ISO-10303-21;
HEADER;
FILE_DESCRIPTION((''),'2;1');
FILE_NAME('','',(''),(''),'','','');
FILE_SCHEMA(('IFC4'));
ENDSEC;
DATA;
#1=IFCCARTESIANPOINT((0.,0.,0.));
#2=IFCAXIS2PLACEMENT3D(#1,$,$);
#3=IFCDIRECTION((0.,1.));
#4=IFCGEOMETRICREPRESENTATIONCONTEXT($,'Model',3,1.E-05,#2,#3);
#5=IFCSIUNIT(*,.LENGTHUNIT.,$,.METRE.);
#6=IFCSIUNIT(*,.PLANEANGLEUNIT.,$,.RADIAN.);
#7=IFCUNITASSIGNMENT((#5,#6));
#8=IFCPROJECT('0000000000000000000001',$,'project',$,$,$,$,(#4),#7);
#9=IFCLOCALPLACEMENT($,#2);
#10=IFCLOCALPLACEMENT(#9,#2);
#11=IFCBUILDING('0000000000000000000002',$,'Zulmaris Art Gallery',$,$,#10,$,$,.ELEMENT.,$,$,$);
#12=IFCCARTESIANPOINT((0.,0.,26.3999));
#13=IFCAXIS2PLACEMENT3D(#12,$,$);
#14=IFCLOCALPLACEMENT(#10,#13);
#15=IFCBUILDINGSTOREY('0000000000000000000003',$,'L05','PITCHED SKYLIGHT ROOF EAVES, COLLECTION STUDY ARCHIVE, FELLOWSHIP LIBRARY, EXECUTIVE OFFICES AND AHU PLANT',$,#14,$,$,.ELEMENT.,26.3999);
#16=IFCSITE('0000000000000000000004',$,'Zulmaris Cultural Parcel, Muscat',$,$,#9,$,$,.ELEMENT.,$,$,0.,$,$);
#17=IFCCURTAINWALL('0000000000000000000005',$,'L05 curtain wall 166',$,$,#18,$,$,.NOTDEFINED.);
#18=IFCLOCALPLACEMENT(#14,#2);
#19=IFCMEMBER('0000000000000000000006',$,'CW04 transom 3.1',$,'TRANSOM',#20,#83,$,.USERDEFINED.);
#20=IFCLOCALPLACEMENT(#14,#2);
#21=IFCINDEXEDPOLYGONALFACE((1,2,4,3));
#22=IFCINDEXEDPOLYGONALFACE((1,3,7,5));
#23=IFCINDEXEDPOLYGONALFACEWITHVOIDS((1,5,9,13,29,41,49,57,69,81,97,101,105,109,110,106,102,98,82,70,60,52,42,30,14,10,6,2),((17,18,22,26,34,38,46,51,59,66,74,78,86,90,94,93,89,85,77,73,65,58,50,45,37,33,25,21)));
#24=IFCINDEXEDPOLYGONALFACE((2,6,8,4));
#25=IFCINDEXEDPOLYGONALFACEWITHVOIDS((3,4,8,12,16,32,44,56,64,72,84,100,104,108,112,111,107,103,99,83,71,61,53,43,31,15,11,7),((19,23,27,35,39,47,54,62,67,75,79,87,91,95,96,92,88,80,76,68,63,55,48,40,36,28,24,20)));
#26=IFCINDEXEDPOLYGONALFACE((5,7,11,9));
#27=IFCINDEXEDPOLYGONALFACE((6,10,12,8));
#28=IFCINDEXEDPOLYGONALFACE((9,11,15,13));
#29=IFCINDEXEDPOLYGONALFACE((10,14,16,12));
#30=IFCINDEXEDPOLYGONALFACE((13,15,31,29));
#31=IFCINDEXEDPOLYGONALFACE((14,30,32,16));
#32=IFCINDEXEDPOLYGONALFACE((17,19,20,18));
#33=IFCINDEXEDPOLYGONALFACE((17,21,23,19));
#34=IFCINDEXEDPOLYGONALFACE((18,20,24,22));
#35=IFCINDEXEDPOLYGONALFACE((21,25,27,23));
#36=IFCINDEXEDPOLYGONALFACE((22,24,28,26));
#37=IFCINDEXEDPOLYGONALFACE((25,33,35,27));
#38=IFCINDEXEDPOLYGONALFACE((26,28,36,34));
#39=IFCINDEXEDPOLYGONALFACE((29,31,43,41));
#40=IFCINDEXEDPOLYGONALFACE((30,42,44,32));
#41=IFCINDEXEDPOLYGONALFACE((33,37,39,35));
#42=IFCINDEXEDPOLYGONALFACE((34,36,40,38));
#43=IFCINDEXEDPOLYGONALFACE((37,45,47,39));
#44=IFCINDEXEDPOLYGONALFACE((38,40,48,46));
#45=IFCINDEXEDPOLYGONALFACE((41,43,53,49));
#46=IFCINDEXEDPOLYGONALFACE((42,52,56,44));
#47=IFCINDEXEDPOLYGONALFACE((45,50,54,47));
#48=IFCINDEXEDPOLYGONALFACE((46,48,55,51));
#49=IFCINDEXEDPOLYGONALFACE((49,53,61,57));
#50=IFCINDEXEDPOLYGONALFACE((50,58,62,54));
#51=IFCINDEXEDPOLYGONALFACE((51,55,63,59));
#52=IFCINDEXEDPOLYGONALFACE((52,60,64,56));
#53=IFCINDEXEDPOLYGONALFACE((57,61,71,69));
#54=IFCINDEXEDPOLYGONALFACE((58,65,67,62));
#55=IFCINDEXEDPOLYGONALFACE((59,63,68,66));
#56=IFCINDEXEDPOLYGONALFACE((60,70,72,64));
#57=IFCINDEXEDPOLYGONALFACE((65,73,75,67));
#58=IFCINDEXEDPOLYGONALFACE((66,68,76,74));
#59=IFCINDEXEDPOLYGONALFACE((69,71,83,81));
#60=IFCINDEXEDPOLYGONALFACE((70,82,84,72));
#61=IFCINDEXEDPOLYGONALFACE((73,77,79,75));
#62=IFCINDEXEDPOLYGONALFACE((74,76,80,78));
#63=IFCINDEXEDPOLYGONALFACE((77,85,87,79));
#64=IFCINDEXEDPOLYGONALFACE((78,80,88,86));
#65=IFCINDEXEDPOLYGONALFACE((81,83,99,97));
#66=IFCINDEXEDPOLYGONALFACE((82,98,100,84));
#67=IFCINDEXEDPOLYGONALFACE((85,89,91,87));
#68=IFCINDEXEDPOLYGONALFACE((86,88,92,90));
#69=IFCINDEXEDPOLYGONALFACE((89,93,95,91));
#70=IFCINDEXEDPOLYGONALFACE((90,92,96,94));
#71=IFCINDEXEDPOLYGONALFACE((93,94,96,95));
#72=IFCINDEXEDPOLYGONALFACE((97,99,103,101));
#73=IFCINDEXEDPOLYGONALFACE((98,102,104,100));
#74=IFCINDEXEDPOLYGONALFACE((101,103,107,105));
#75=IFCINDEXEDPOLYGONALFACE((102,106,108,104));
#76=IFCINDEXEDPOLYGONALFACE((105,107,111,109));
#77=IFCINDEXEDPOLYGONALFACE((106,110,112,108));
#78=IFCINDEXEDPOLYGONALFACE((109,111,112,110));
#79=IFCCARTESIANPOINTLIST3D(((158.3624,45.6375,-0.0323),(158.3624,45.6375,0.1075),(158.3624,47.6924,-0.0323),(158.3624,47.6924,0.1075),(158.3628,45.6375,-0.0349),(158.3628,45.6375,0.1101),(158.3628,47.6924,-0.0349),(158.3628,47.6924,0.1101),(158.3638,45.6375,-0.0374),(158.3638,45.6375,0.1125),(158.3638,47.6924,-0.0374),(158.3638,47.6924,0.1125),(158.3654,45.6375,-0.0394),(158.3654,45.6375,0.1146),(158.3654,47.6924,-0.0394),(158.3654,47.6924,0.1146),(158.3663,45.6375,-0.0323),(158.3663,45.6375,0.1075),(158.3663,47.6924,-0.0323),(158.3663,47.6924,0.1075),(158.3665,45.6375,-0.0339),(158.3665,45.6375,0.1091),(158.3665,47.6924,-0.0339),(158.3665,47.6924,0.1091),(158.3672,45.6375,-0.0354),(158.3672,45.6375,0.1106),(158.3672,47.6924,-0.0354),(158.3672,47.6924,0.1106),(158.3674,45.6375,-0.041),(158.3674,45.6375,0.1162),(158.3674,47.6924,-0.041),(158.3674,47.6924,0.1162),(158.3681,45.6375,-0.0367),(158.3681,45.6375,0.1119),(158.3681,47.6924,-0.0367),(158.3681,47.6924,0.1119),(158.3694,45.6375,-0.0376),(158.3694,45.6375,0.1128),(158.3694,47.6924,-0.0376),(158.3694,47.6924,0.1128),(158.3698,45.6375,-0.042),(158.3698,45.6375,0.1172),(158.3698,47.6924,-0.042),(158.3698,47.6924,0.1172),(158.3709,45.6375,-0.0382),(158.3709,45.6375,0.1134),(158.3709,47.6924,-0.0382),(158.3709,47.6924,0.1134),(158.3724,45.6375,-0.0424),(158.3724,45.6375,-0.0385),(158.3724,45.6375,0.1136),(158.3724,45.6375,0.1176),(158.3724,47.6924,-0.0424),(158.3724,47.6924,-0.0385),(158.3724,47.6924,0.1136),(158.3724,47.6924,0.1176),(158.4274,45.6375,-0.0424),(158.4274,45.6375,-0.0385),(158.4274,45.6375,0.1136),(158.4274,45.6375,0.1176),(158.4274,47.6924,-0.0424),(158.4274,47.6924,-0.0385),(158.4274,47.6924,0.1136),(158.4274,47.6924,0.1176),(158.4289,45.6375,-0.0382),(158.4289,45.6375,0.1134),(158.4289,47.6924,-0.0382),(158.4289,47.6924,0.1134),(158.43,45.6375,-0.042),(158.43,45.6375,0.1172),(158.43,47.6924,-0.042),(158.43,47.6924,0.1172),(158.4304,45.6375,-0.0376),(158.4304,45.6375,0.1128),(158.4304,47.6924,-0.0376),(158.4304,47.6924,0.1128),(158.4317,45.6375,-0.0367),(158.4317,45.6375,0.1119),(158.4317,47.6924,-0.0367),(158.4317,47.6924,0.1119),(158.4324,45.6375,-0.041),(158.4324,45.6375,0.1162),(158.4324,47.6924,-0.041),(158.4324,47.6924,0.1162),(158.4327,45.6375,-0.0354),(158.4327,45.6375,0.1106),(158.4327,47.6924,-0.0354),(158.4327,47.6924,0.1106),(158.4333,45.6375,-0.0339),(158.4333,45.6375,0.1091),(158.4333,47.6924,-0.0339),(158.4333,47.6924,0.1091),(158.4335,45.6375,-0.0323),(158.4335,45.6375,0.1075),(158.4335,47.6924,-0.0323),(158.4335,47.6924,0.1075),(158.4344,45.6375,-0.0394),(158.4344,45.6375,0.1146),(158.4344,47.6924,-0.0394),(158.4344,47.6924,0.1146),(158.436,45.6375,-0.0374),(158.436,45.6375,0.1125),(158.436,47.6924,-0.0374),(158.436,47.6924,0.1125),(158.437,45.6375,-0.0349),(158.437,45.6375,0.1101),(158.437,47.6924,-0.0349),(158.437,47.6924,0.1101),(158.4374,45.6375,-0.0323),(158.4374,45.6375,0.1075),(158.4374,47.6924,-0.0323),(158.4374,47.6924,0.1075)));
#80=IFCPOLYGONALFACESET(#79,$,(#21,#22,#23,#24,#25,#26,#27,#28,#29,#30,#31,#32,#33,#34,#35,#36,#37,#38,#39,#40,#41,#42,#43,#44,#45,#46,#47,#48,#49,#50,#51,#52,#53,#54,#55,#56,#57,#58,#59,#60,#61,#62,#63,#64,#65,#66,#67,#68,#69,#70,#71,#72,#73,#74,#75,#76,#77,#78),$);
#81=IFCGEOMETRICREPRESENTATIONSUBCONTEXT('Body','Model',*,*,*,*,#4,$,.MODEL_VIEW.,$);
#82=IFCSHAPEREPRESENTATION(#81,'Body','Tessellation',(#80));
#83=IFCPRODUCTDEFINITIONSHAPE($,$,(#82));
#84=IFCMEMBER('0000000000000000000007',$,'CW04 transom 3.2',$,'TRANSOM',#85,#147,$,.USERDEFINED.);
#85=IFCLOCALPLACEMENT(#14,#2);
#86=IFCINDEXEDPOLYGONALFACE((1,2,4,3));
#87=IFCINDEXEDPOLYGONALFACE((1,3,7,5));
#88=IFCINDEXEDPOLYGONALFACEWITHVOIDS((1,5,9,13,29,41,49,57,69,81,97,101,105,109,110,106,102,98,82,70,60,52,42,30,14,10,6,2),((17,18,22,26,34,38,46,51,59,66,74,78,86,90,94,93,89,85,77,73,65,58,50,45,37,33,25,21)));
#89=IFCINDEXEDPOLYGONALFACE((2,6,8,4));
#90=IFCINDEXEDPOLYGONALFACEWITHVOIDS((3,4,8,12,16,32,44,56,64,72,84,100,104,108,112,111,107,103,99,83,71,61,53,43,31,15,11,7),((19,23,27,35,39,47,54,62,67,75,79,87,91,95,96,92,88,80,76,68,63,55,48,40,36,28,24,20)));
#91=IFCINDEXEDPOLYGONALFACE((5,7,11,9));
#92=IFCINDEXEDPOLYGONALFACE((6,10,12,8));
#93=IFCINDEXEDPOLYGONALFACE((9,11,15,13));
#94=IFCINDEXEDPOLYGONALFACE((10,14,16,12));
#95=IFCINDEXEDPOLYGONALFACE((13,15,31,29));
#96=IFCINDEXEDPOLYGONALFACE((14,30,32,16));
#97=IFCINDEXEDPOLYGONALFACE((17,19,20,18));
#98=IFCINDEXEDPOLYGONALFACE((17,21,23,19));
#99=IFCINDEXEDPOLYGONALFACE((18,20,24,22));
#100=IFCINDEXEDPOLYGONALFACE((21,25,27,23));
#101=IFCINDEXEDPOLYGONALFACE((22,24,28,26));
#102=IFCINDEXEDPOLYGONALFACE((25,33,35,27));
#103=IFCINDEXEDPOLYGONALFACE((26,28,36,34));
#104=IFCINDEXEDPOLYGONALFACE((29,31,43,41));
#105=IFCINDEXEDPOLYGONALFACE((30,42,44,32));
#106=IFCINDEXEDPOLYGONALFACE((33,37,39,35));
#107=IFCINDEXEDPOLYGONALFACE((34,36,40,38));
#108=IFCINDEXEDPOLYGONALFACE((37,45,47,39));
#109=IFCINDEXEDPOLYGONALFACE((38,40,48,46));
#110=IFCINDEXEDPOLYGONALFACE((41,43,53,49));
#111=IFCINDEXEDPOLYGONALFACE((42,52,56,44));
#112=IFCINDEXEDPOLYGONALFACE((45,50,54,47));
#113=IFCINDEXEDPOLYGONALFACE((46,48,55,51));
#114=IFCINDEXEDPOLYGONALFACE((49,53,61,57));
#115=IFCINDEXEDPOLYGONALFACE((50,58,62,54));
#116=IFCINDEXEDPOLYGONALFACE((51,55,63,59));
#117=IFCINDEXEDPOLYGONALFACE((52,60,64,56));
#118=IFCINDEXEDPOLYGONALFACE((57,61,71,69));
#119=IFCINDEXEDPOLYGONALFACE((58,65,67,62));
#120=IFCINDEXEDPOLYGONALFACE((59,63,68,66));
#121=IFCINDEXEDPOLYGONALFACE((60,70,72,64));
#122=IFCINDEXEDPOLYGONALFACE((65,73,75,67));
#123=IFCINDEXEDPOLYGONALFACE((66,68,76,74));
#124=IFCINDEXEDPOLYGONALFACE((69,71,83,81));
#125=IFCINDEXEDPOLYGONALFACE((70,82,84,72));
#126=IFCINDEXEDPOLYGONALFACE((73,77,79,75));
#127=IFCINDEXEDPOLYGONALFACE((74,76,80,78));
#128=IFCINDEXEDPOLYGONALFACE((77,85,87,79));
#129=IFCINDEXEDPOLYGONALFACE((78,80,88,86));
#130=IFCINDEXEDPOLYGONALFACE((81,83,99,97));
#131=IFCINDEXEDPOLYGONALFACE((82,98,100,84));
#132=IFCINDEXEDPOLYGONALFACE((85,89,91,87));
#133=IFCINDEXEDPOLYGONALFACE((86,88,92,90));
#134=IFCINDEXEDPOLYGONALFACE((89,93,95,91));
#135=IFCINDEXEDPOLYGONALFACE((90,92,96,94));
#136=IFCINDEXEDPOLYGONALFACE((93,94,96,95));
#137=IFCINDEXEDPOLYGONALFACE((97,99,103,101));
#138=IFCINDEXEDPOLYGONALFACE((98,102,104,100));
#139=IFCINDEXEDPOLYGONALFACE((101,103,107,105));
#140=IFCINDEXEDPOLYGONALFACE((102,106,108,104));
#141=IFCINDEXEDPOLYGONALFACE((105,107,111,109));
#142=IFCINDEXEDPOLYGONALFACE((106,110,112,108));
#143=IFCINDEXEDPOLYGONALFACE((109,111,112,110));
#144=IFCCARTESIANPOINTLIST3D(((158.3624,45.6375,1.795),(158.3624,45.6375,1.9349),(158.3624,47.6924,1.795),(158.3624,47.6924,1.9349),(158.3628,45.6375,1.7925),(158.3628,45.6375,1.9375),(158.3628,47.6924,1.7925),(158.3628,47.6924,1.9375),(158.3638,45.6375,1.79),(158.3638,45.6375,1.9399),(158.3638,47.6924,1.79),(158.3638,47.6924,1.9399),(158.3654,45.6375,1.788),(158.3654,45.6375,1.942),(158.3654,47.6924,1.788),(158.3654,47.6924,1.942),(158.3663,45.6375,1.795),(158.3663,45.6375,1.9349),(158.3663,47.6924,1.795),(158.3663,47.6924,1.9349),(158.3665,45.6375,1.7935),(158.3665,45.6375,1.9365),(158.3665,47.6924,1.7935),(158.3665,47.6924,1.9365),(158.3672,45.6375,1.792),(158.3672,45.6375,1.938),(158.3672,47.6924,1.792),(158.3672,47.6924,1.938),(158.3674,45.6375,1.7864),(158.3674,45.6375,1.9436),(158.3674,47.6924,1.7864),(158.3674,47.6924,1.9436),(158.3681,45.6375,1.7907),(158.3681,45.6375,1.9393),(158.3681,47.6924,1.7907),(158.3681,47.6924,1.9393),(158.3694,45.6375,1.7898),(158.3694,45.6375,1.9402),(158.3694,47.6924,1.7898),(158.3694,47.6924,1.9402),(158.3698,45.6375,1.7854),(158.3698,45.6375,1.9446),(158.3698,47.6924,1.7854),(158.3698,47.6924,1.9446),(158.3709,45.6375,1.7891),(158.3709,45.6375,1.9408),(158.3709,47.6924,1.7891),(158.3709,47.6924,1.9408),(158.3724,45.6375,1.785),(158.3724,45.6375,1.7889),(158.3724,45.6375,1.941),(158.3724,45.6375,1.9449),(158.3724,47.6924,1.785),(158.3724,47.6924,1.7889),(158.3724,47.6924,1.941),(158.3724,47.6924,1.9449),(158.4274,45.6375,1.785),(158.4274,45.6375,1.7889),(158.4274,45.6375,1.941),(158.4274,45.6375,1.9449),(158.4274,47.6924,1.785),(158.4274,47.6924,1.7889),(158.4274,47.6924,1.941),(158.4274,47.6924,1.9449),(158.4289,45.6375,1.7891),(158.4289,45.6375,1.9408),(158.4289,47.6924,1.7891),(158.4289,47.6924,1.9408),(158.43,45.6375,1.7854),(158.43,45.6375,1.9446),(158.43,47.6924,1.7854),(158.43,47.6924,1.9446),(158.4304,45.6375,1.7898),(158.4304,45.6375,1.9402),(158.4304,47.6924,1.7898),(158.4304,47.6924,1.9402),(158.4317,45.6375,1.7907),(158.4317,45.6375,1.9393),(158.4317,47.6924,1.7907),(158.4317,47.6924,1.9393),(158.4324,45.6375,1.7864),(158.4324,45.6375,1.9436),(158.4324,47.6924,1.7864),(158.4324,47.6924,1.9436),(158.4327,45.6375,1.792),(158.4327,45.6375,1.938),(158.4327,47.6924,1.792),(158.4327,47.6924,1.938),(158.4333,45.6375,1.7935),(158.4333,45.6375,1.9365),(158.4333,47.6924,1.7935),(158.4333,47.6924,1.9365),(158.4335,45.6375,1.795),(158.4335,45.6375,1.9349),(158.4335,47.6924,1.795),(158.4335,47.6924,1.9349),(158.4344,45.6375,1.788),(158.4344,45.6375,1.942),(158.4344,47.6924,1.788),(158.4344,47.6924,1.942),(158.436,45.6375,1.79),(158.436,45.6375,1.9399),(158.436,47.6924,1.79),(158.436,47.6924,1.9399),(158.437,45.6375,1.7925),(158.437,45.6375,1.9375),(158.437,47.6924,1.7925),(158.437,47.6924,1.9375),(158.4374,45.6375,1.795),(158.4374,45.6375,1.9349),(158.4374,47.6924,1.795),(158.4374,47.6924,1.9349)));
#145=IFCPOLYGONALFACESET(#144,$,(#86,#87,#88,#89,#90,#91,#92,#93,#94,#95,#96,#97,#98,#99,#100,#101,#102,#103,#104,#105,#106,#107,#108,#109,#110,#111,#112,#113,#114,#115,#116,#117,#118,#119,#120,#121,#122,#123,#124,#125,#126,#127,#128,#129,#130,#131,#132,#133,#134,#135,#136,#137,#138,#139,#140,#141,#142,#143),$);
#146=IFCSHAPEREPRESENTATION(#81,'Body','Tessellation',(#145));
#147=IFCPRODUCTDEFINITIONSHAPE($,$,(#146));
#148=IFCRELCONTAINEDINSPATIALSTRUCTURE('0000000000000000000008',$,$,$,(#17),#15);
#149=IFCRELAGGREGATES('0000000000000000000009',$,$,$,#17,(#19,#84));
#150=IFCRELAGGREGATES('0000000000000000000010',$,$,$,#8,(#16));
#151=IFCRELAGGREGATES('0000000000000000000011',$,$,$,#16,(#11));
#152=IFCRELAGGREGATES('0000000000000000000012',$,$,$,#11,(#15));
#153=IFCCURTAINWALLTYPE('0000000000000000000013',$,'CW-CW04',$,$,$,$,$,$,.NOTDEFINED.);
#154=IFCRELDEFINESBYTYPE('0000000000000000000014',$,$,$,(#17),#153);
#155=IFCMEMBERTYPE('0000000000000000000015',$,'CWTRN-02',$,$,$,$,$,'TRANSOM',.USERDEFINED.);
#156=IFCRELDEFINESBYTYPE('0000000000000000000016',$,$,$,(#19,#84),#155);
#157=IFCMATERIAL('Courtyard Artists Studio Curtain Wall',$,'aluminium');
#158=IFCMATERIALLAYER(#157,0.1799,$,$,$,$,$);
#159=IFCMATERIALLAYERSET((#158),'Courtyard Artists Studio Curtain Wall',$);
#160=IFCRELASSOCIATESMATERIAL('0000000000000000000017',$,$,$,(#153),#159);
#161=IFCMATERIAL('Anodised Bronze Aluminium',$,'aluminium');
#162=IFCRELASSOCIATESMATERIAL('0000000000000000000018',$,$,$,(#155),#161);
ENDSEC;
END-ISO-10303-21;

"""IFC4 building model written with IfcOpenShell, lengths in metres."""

from ifc_helpers import new_model, si_unit, direction, frame, origin, origin_2d, place, context, subcontext, project, spatial, hollow_rectangle, extrude, material, layer, layer_set, material_profile, profile_set, type_object, element, aggregate, save


model = new_model("IFC4")

# Units and contexts
model_context = context("Model", 3, precision=1e-05, world=origin(), true_north=direction((0.0, 1.0)))
body_context = subcontext(model_context, "Body", "Model", "MODEL_VIEW")
ifc_project = project(units=[si_unit("LENGTHUNIT", "METRE"), si_unit("PLANEANGLEUNIT", "RADIAN")], contexts=[model_context])

# Site, building, storey
site_placement = place(None, origin())
site = spatial("IfcSite", under=ifc_project, at=site_placement, Name="Zulmaris Cultural Parcel, Muscat", CompositionType="ELEMENT", RefElevation=0.0)
building_placement = place(site_placement, origin())
building = spatial("IfcBuilding", under=site, at=building_placement, Name="Zulmaris Art Gallery", CompositionType="ELEMENT")
storey_placement = place(building_placement, frame((0.0, 0.0, 26.3999)))
storey = spatial("IfcBuildingStorey", under=building, at=storey_placement, Name="L05", Description="PITCHED SKYLIGHT ROOF EAVES, COLLECTION STUDY ARCHIVE, FELLOWSHIP LIBRARY, EXECUTIVE OFFICES AND AHU PLANT", CompositionType="ELEMENT", Elevation=26.3999)

# Shared definitions
ifc_material_1 = material(Name="Courtyard Artists Studio Curtain Wall", Category="aluminium")
ifc_layer_1 = layer(ifc_material_1, 0.1799)
ifc_layer_set_1 = layer_set([ifc_layer_1], Name="Courtyard Artists Studio Curtain Wall")
curtain_wall_type = type_object("IfcCurtainWallType", Name="CW-CW04", PredefinedType="NOTDEFINED", material=ifc_layer_set_1)
ifc_material_2 = material(Name="Anodised Bronze Aluminium", Category="aluminium")

# Curtain wall
curtain_wall_1_placement = place(storey_placement, origin())
curtain_wall_1 = element("IfcCurtainWall", 1, at=curtain_wall_1_placement, inside=storey, type_object=curtain_wall_type, Name="L05 curtain wall 166", PredefinedType="NOTDEFINED")

# Members
ifc_material_profile_1 = material_profile(ifc_material_2, hollow_rectangle(XDim=0.075, YDim=0.1599, WallThickness=0.0039, InnerFilletRadius=0.0061, OuterFilletRadius=0.01, at=origin_2d()), Name="ALU 75x160x4")
ifc_profile_set_1 = profile_set([ifc_material_profile_1], Name="Anodised Bronze Aluminium")
member_type_1 = type_object("IfcMemberType", Name="CWTRN-02", ElementType="TRANSOM", PredefinedType="USERDEFINED", material=ifc_profile_set_1)
member_1_placement = place(storey_placement, frame((158.3999, 45.6375, 0.0376), z_axis=(0.0, 1.0, 0.0), x_axis=(-1.0, 0.0, 0.0)))
member_1 = element("IfcMember", 2, at=member_1_placement, type_object=member_type_1, Name="CW04 transom 3.1", ObjectType="TRANSOM", PredefinedType="USERDEFINED", context=body_context, shape_type="SweptSolid", body=[
    extrude(hollow_rectangle(XDim=0.075, YDim=0.1599, WallThickness=0.0039, InnerFilletRadius=0.0061, OuterFilletRadius=0.01, at=origin_2d()), origin(), (0.0, 0.0, 1.0), 2.0549),
])
member_2_placement = place(storey_placement, frame((158.3999, 45.6375, 1.865), z_axis=(0.0, 1.0, 0.0), x_axis=(-1.0, 0.0, 0.0)))
member_2 = element("IfcMember", 3, at=member_2_placement, type_object=member_type_1, Name="CW04 transom 3.2", ObjectType="TRANSOM", PredefinedType="USERDEFINED", context=body_context, shape_type="SweptSolid", body=[
    extrude(hollow_rectangle(XDim=0.075, YDim=0.1599, WallThickness=0.0039, InnerFilletRadius=0.0061, OuterFilletRadius=0.01, at=origin_2d()), origin(), (0.0, 0.0, 1.0), 2.0549),
])

aggregate(curtain_wall_1, [member_1, member_2])

save(model, "model.ifc")
